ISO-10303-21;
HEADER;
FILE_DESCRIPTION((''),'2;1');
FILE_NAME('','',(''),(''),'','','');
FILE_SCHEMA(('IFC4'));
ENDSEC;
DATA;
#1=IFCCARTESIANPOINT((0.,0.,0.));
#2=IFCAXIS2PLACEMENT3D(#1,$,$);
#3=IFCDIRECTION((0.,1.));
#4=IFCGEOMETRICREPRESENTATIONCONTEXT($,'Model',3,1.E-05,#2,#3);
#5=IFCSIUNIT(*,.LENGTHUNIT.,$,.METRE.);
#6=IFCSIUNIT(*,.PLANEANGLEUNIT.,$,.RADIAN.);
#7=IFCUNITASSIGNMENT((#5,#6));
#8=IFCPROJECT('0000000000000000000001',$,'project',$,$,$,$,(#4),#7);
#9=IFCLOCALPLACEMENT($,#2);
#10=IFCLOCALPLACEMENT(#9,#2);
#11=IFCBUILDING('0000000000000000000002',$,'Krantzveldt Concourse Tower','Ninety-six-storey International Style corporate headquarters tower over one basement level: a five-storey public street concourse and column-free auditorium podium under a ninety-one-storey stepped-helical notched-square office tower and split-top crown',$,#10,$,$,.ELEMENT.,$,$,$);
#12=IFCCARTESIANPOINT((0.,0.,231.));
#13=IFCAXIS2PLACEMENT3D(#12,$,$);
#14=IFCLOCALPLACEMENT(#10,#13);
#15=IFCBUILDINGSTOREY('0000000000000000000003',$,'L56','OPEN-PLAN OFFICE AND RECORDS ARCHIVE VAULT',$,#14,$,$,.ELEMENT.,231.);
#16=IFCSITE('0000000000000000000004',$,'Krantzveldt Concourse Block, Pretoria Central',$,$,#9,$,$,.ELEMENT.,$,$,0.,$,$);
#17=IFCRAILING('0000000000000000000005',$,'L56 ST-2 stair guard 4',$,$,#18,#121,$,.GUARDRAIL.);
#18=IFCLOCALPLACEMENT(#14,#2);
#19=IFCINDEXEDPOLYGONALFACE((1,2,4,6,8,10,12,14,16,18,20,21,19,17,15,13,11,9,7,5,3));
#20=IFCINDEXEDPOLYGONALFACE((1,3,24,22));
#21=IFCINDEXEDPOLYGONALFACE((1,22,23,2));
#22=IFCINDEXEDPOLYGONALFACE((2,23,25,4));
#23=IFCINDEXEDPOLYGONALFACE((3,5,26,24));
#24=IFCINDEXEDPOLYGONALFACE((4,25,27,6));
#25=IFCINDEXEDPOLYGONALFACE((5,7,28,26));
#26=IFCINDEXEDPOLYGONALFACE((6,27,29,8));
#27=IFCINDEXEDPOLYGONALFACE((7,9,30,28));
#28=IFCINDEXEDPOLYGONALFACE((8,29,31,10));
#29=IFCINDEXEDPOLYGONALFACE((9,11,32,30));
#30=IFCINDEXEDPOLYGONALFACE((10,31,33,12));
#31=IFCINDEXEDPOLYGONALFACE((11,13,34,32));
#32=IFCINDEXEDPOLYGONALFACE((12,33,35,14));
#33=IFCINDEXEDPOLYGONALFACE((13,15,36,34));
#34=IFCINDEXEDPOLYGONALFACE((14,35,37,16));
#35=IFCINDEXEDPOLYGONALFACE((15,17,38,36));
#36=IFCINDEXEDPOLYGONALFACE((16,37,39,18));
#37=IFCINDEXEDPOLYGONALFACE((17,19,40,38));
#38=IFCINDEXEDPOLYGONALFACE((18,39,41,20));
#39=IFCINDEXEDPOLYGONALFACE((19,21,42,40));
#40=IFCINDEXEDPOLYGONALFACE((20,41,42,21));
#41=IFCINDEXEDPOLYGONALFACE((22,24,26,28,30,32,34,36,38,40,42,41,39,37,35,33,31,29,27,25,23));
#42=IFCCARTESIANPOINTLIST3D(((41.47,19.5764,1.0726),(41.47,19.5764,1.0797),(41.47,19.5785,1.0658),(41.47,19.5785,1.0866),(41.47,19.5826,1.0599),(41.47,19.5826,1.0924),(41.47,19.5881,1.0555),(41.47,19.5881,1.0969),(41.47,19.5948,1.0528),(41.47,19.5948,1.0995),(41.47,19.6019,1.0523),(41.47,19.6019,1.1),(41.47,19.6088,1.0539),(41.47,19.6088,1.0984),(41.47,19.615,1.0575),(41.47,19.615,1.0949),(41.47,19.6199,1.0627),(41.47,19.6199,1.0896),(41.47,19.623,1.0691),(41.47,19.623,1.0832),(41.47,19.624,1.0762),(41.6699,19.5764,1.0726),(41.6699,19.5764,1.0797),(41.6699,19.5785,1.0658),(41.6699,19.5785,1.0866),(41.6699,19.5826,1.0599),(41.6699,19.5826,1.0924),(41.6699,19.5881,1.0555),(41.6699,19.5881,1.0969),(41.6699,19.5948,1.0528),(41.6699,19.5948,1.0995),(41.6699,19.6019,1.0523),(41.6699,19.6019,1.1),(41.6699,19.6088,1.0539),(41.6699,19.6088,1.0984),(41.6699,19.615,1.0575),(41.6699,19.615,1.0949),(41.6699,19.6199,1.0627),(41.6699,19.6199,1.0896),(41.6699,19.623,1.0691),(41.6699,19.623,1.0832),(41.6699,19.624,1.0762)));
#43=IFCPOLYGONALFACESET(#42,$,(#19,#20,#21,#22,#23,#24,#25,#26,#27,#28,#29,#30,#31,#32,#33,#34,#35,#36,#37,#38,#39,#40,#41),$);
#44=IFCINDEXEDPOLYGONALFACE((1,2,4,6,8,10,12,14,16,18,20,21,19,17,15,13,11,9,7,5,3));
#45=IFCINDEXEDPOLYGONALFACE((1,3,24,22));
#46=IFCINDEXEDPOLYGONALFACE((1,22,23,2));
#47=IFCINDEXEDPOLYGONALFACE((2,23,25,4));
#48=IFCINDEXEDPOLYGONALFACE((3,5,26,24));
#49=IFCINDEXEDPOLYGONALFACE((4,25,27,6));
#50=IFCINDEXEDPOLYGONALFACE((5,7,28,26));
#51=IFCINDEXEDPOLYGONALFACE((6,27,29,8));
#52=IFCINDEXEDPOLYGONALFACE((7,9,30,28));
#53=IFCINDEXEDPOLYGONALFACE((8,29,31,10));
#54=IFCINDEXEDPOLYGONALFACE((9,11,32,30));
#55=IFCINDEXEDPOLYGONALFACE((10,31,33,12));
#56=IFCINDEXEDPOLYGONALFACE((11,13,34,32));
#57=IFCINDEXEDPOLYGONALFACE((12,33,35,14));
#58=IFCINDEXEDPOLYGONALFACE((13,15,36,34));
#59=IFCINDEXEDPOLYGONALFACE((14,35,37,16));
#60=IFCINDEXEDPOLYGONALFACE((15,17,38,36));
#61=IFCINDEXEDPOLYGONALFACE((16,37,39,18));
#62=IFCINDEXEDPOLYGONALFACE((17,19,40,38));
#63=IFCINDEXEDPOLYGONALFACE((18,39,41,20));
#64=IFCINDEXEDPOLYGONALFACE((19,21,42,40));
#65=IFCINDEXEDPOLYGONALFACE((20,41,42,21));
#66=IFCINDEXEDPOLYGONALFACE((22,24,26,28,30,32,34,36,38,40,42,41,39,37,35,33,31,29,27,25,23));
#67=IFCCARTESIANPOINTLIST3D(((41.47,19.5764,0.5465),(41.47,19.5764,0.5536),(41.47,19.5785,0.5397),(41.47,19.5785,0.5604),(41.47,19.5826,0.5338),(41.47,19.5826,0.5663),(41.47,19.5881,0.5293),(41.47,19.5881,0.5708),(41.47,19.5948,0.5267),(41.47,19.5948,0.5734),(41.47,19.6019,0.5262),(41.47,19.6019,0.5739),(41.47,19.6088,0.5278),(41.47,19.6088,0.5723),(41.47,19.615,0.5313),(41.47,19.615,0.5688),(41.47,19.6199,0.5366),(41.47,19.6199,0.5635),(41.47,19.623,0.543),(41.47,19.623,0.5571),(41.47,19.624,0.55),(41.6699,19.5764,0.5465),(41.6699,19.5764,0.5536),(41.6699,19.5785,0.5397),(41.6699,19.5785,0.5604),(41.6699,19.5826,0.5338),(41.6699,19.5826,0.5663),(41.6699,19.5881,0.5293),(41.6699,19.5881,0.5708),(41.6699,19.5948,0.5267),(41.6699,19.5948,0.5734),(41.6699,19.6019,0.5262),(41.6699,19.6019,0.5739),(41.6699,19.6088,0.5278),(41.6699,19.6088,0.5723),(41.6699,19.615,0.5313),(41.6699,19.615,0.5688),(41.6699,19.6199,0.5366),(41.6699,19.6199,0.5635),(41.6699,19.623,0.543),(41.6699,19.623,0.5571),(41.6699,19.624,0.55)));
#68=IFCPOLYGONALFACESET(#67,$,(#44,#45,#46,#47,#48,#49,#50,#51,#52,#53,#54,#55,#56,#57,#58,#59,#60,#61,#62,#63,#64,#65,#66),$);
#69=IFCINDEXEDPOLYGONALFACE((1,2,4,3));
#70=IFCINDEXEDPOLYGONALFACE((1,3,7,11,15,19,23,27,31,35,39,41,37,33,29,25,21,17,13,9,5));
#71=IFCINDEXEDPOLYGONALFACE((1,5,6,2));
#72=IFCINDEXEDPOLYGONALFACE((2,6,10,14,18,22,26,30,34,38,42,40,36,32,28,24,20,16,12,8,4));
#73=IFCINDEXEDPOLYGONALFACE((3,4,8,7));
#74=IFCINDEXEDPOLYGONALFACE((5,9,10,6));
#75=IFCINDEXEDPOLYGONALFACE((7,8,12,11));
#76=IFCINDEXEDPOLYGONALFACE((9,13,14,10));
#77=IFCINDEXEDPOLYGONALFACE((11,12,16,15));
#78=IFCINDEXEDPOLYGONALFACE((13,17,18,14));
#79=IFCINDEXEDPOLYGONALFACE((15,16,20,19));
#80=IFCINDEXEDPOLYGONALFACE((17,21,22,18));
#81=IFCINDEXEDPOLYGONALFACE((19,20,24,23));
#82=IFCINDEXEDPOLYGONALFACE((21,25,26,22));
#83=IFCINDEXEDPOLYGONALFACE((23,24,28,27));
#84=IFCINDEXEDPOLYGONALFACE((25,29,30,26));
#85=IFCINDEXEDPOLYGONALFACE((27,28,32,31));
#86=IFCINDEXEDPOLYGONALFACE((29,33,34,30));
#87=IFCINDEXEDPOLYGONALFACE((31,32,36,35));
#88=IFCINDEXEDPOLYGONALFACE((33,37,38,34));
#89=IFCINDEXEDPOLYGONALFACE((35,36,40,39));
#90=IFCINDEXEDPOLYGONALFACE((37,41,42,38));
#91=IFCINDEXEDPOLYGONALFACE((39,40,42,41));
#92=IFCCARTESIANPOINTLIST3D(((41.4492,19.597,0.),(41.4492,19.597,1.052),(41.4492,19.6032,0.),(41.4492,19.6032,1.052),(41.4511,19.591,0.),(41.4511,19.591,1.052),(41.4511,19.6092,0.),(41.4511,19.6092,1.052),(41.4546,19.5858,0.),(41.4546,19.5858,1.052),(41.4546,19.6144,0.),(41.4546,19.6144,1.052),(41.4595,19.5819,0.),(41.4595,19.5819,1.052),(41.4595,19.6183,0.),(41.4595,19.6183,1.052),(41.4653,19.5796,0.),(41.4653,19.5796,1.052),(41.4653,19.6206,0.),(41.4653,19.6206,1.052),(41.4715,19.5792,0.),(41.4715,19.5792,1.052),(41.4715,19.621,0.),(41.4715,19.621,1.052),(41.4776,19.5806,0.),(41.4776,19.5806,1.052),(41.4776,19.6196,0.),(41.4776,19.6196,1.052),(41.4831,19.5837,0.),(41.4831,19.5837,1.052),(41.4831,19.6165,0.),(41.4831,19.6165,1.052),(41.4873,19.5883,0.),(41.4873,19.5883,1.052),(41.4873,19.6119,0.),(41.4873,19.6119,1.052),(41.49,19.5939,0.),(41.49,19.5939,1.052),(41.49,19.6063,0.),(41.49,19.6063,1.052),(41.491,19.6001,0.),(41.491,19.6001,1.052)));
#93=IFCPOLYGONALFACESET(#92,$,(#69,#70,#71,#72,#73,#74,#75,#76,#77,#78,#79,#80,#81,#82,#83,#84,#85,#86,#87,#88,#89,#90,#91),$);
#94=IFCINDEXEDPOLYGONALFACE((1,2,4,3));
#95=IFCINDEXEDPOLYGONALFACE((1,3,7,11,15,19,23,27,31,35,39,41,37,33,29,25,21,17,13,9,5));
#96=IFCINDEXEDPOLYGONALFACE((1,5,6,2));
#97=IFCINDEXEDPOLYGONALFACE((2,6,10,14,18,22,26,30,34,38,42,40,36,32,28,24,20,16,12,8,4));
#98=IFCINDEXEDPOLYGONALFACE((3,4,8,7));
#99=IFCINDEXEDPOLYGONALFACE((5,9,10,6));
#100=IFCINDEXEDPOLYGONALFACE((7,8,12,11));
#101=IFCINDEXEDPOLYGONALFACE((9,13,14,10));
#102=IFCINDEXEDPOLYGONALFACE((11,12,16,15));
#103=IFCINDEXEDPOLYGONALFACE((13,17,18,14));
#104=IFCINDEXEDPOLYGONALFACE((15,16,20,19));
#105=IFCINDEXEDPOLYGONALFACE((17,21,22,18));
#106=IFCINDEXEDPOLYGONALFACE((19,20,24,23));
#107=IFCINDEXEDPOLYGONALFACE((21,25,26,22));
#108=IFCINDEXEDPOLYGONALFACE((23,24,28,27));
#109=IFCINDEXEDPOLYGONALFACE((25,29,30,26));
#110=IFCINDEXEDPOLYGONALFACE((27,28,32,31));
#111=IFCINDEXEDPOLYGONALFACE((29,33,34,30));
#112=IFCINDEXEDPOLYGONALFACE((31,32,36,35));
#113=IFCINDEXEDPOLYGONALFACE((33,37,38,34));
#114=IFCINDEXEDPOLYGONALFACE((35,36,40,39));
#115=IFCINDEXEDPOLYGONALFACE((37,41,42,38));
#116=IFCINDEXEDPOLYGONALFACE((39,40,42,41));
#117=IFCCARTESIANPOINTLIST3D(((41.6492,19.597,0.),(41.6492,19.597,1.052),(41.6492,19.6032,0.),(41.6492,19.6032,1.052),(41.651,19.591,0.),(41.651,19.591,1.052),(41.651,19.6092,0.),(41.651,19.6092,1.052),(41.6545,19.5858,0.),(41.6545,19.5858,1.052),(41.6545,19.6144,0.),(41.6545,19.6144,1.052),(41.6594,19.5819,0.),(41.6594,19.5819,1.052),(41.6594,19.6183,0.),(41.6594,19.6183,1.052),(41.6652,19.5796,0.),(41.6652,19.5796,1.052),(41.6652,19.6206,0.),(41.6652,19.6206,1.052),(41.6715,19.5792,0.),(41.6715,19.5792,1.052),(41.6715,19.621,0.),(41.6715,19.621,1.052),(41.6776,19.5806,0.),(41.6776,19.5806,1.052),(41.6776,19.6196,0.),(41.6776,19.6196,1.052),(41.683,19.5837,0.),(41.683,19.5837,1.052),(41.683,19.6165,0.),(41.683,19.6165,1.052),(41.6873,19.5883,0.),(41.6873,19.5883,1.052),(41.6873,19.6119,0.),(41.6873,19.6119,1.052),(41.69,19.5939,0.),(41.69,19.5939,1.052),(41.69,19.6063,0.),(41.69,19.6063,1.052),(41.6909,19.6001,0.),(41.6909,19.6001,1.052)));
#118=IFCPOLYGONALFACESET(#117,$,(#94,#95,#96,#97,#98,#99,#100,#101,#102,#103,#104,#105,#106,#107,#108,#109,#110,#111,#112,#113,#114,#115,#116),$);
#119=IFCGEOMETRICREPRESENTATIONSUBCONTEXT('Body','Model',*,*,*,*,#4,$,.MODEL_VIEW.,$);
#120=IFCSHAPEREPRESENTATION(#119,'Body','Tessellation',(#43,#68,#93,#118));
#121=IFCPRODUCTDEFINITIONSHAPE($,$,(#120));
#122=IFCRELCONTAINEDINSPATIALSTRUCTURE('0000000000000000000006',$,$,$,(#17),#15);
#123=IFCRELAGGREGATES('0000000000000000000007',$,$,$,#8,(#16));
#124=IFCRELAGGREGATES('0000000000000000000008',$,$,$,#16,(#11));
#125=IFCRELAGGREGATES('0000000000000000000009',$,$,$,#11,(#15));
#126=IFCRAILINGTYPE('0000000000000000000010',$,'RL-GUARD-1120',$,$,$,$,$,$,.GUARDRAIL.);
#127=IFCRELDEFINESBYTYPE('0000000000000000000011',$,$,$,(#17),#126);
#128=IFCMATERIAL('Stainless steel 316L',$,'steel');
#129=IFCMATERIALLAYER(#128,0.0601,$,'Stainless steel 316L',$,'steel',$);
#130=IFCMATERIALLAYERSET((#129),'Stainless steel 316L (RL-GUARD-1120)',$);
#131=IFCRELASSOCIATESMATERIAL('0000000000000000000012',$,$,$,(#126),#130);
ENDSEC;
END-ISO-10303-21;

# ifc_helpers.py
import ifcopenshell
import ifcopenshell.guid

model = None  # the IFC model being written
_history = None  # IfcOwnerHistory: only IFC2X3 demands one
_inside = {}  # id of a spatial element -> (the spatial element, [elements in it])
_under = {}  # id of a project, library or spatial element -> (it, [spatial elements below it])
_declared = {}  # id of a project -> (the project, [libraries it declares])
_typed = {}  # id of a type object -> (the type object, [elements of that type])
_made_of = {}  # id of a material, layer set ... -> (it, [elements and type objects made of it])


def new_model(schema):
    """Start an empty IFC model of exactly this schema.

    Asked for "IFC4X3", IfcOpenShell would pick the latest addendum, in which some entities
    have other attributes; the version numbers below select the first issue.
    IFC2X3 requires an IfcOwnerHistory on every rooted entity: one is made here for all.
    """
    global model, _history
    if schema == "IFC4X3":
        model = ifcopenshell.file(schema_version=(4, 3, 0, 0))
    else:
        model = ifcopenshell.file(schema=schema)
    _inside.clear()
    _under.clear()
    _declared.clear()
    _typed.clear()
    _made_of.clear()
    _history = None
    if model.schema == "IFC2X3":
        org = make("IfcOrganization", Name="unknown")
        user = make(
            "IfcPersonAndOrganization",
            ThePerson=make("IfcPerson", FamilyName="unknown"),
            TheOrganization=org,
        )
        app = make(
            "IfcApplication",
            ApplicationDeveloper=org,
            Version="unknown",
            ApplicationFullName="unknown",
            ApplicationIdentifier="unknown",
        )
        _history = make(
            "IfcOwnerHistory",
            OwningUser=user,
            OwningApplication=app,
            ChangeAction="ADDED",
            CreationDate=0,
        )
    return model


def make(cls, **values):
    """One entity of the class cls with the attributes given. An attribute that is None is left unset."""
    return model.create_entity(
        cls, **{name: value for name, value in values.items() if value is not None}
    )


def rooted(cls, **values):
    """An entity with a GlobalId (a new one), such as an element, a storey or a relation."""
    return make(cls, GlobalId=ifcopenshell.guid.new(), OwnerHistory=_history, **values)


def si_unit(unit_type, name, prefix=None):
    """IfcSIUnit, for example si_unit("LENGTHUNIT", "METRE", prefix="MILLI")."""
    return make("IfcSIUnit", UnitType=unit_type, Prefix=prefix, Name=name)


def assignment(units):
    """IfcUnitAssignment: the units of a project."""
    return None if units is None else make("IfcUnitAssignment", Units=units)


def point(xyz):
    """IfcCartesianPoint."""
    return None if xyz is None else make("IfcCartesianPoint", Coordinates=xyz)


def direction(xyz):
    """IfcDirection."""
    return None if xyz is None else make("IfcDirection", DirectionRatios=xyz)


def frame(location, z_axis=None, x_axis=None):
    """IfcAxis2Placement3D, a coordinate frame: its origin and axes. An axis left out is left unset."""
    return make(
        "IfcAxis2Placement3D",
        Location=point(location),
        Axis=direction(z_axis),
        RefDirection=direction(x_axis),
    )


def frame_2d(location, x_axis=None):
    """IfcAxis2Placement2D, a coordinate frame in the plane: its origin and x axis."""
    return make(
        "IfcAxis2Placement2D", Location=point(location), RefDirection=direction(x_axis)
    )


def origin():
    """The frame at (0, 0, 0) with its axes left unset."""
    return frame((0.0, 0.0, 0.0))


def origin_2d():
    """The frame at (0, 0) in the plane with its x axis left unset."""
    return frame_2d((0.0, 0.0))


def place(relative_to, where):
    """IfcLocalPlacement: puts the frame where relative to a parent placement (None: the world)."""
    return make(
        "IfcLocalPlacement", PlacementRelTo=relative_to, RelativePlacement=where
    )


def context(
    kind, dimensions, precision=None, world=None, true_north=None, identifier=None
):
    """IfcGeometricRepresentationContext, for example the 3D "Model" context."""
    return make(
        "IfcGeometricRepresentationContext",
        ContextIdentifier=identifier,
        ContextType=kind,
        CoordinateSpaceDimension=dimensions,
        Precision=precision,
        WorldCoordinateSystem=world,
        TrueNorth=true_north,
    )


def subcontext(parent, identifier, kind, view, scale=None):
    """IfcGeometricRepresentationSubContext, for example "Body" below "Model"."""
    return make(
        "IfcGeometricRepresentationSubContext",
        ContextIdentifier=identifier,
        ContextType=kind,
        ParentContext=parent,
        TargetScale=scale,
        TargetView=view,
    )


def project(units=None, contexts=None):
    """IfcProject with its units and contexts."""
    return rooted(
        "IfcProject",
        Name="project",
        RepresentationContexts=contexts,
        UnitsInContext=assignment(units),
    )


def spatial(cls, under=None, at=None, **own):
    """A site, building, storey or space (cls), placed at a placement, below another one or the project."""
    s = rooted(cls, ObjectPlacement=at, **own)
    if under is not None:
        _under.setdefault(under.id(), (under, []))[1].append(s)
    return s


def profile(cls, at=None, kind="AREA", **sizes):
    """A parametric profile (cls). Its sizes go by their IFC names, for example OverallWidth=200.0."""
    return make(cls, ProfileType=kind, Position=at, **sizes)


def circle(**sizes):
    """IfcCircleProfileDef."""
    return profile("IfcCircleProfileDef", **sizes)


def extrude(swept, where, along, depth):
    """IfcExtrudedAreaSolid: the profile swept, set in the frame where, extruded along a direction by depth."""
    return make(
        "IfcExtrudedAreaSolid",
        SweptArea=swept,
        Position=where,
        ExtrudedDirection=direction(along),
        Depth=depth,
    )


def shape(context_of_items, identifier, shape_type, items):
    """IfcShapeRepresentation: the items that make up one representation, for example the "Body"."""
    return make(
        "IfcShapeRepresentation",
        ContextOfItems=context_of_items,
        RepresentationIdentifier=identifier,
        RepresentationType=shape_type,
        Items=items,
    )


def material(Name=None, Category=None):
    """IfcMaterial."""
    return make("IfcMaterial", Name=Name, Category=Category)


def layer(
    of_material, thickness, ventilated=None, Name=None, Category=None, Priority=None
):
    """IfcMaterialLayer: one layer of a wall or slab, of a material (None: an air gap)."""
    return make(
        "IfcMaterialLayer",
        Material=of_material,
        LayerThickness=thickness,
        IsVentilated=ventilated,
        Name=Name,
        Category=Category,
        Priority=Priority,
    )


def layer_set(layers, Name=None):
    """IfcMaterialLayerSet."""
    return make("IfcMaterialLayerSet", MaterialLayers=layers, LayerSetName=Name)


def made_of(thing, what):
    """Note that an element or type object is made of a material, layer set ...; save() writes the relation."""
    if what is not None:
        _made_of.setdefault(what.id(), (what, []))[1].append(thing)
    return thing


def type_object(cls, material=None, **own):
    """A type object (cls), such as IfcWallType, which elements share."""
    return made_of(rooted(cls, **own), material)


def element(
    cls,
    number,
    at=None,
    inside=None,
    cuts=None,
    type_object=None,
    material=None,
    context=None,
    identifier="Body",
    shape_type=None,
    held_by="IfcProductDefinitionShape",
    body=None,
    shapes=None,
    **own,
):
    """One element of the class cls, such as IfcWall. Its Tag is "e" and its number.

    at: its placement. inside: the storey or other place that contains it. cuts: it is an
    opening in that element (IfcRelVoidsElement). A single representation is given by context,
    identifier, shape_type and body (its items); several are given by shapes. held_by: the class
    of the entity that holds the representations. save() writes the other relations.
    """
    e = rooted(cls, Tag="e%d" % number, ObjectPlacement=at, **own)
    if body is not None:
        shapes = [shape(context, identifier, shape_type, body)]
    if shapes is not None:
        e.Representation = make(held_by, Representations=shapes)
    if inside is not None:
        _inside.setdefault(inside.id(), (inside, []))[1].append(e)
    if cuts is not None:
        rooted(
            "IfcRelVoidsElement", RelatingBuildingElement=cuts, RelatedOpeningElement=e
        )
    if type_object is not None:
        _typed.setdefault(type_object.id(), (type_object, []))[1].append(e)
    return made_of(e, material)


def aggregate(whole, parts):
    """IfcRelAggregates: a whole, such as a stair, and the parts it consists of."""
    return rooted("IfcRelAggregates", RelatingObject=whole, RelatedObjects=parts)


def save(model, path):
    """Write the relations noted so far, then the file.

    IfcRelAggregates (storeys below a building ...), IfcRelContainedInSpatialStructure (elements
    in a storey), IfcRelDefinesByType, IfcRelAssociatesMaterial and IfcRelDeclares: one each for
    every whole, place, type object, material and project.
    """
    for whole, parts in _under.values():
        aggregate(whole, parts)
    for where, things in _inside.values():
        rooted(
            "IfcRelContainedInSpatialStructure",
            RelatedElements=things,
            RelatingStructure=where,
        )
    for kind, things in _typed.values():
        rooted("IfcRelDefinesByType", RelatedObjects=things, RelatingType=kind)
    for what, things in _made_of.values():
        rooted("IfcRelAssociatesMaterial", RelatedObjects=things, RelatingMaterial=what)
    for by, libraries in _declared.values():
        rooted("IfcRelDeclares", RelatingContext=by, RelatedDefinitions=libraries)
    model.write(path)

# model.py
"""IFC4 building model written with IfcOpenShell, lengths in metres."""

from ifc_helpers import new_model, si_unit, direction, frame, origin, origin_2d, place, context, subcontext, project, spatial, circle, extrude, material, layer, layer_set, type_object, element, save


model = new_model("IFC4")

# Units and contexts
model_context = context("Model", 3, precision=1e-05, world=origin(), true_north=direction((0.0, 1.0)))
body_context = subcontext(model_context, "Body", "Model", "MODEL_VIEW")
ifc_project = project(units=[si_unit("LENGTHUNIT", "METRE"), si_unit("PLANEANGLEUNIT", "RADIAN")], contexts=[model_context])

# Site, building, storey
site_placement = place(None, origin())
site = spatial("IfcSite", under=ifc_project, at=site_placement, Name="Krantzveldt Concourse Block, Pretoria Central", CompositionType="ELEMENT", RefElevation=0.0)
building_placement = place(site_placement, origin())
building = spatial("IfcBuilding", under=site, at=building_placement, Name="Krantzveldt Concourse Tower", Description="Ninety-six-storey International Style corporate headquarters tower over one basement level: a five-storey public street concourse and column-free auditorium podium under a ninety-one-storey stepped-helical notched-square office tower and split-top crown", CompositionType="ELEMENT")
storey_placement = place(building_placement, frame((0.0, 0.0, 231.0)))
storey = spatial("IfcBuildingStorey", under=building, at=storey_placement, Name="L56", Description="OPEN-PLAN OFFICE AND RECORDS ARCHIVE VAULT", CompositionType="ELEMENT", Elevation=231.0)

# Shared definitions
ifc_material_1 = material(Name="Stainless steel 316L", Category="steel")

# Railing
ifc_layer_1 = layer(ifc_material_1, 0.0601, Name="Stainless steel 316L", Category="steel")
ifc_layer_set_1 = layer_set([ifc_layer_1], Name="Stainless steel 316L (RL-GUARD-1120)")
railing_type_1 = type_object("IfcRailingType", Name="RL-GUARD-1120", PredefinedType="GUARDRAIL", material=ifc_layer_set_1)
railing_1_placement = place(storey_placement, frame((41.47, 19.6001, 0.0)))
element("IfcRailing", 1, at=railing_1_placement, inside=storey, type_object=railing_type_1, Name="L56 ST-2 stair guard 4", PredefinedType="GUARDRAIL", context=body_context, shape_type="SweptSolid", body=[
    extrude(circle(Radius=0.0239, at=origin_2d()), frame((0.0, 0.0, 1.0762), z_axis=(1.0, 0.0, 0.0), x_axis=(0.0, 1.0, 0.0)), (0.0, 0.0, 1.0), 0.2),
    extrude(circle(Radius=0.0239, at=origin_2d()), frame((0.0, 0.0, 0.55), z_axis=(1.0, 0.0, 0.0), x_axis=(0.0, 1.0, 0.0)), (0.0, 0.0, 1.0), 0.2),
    extrude(circle(Radius=0.021, at=origin_2d()), origin(), (0.0, 0.0, 1.0), 1.052),
    extrude(circle(Radius=0.021, at=origin_2d()), frame((0.2, 0.0, 0.0)), (0.0, 0.0, 1.0), 1.052),
])

save(model, "model.ifc")
